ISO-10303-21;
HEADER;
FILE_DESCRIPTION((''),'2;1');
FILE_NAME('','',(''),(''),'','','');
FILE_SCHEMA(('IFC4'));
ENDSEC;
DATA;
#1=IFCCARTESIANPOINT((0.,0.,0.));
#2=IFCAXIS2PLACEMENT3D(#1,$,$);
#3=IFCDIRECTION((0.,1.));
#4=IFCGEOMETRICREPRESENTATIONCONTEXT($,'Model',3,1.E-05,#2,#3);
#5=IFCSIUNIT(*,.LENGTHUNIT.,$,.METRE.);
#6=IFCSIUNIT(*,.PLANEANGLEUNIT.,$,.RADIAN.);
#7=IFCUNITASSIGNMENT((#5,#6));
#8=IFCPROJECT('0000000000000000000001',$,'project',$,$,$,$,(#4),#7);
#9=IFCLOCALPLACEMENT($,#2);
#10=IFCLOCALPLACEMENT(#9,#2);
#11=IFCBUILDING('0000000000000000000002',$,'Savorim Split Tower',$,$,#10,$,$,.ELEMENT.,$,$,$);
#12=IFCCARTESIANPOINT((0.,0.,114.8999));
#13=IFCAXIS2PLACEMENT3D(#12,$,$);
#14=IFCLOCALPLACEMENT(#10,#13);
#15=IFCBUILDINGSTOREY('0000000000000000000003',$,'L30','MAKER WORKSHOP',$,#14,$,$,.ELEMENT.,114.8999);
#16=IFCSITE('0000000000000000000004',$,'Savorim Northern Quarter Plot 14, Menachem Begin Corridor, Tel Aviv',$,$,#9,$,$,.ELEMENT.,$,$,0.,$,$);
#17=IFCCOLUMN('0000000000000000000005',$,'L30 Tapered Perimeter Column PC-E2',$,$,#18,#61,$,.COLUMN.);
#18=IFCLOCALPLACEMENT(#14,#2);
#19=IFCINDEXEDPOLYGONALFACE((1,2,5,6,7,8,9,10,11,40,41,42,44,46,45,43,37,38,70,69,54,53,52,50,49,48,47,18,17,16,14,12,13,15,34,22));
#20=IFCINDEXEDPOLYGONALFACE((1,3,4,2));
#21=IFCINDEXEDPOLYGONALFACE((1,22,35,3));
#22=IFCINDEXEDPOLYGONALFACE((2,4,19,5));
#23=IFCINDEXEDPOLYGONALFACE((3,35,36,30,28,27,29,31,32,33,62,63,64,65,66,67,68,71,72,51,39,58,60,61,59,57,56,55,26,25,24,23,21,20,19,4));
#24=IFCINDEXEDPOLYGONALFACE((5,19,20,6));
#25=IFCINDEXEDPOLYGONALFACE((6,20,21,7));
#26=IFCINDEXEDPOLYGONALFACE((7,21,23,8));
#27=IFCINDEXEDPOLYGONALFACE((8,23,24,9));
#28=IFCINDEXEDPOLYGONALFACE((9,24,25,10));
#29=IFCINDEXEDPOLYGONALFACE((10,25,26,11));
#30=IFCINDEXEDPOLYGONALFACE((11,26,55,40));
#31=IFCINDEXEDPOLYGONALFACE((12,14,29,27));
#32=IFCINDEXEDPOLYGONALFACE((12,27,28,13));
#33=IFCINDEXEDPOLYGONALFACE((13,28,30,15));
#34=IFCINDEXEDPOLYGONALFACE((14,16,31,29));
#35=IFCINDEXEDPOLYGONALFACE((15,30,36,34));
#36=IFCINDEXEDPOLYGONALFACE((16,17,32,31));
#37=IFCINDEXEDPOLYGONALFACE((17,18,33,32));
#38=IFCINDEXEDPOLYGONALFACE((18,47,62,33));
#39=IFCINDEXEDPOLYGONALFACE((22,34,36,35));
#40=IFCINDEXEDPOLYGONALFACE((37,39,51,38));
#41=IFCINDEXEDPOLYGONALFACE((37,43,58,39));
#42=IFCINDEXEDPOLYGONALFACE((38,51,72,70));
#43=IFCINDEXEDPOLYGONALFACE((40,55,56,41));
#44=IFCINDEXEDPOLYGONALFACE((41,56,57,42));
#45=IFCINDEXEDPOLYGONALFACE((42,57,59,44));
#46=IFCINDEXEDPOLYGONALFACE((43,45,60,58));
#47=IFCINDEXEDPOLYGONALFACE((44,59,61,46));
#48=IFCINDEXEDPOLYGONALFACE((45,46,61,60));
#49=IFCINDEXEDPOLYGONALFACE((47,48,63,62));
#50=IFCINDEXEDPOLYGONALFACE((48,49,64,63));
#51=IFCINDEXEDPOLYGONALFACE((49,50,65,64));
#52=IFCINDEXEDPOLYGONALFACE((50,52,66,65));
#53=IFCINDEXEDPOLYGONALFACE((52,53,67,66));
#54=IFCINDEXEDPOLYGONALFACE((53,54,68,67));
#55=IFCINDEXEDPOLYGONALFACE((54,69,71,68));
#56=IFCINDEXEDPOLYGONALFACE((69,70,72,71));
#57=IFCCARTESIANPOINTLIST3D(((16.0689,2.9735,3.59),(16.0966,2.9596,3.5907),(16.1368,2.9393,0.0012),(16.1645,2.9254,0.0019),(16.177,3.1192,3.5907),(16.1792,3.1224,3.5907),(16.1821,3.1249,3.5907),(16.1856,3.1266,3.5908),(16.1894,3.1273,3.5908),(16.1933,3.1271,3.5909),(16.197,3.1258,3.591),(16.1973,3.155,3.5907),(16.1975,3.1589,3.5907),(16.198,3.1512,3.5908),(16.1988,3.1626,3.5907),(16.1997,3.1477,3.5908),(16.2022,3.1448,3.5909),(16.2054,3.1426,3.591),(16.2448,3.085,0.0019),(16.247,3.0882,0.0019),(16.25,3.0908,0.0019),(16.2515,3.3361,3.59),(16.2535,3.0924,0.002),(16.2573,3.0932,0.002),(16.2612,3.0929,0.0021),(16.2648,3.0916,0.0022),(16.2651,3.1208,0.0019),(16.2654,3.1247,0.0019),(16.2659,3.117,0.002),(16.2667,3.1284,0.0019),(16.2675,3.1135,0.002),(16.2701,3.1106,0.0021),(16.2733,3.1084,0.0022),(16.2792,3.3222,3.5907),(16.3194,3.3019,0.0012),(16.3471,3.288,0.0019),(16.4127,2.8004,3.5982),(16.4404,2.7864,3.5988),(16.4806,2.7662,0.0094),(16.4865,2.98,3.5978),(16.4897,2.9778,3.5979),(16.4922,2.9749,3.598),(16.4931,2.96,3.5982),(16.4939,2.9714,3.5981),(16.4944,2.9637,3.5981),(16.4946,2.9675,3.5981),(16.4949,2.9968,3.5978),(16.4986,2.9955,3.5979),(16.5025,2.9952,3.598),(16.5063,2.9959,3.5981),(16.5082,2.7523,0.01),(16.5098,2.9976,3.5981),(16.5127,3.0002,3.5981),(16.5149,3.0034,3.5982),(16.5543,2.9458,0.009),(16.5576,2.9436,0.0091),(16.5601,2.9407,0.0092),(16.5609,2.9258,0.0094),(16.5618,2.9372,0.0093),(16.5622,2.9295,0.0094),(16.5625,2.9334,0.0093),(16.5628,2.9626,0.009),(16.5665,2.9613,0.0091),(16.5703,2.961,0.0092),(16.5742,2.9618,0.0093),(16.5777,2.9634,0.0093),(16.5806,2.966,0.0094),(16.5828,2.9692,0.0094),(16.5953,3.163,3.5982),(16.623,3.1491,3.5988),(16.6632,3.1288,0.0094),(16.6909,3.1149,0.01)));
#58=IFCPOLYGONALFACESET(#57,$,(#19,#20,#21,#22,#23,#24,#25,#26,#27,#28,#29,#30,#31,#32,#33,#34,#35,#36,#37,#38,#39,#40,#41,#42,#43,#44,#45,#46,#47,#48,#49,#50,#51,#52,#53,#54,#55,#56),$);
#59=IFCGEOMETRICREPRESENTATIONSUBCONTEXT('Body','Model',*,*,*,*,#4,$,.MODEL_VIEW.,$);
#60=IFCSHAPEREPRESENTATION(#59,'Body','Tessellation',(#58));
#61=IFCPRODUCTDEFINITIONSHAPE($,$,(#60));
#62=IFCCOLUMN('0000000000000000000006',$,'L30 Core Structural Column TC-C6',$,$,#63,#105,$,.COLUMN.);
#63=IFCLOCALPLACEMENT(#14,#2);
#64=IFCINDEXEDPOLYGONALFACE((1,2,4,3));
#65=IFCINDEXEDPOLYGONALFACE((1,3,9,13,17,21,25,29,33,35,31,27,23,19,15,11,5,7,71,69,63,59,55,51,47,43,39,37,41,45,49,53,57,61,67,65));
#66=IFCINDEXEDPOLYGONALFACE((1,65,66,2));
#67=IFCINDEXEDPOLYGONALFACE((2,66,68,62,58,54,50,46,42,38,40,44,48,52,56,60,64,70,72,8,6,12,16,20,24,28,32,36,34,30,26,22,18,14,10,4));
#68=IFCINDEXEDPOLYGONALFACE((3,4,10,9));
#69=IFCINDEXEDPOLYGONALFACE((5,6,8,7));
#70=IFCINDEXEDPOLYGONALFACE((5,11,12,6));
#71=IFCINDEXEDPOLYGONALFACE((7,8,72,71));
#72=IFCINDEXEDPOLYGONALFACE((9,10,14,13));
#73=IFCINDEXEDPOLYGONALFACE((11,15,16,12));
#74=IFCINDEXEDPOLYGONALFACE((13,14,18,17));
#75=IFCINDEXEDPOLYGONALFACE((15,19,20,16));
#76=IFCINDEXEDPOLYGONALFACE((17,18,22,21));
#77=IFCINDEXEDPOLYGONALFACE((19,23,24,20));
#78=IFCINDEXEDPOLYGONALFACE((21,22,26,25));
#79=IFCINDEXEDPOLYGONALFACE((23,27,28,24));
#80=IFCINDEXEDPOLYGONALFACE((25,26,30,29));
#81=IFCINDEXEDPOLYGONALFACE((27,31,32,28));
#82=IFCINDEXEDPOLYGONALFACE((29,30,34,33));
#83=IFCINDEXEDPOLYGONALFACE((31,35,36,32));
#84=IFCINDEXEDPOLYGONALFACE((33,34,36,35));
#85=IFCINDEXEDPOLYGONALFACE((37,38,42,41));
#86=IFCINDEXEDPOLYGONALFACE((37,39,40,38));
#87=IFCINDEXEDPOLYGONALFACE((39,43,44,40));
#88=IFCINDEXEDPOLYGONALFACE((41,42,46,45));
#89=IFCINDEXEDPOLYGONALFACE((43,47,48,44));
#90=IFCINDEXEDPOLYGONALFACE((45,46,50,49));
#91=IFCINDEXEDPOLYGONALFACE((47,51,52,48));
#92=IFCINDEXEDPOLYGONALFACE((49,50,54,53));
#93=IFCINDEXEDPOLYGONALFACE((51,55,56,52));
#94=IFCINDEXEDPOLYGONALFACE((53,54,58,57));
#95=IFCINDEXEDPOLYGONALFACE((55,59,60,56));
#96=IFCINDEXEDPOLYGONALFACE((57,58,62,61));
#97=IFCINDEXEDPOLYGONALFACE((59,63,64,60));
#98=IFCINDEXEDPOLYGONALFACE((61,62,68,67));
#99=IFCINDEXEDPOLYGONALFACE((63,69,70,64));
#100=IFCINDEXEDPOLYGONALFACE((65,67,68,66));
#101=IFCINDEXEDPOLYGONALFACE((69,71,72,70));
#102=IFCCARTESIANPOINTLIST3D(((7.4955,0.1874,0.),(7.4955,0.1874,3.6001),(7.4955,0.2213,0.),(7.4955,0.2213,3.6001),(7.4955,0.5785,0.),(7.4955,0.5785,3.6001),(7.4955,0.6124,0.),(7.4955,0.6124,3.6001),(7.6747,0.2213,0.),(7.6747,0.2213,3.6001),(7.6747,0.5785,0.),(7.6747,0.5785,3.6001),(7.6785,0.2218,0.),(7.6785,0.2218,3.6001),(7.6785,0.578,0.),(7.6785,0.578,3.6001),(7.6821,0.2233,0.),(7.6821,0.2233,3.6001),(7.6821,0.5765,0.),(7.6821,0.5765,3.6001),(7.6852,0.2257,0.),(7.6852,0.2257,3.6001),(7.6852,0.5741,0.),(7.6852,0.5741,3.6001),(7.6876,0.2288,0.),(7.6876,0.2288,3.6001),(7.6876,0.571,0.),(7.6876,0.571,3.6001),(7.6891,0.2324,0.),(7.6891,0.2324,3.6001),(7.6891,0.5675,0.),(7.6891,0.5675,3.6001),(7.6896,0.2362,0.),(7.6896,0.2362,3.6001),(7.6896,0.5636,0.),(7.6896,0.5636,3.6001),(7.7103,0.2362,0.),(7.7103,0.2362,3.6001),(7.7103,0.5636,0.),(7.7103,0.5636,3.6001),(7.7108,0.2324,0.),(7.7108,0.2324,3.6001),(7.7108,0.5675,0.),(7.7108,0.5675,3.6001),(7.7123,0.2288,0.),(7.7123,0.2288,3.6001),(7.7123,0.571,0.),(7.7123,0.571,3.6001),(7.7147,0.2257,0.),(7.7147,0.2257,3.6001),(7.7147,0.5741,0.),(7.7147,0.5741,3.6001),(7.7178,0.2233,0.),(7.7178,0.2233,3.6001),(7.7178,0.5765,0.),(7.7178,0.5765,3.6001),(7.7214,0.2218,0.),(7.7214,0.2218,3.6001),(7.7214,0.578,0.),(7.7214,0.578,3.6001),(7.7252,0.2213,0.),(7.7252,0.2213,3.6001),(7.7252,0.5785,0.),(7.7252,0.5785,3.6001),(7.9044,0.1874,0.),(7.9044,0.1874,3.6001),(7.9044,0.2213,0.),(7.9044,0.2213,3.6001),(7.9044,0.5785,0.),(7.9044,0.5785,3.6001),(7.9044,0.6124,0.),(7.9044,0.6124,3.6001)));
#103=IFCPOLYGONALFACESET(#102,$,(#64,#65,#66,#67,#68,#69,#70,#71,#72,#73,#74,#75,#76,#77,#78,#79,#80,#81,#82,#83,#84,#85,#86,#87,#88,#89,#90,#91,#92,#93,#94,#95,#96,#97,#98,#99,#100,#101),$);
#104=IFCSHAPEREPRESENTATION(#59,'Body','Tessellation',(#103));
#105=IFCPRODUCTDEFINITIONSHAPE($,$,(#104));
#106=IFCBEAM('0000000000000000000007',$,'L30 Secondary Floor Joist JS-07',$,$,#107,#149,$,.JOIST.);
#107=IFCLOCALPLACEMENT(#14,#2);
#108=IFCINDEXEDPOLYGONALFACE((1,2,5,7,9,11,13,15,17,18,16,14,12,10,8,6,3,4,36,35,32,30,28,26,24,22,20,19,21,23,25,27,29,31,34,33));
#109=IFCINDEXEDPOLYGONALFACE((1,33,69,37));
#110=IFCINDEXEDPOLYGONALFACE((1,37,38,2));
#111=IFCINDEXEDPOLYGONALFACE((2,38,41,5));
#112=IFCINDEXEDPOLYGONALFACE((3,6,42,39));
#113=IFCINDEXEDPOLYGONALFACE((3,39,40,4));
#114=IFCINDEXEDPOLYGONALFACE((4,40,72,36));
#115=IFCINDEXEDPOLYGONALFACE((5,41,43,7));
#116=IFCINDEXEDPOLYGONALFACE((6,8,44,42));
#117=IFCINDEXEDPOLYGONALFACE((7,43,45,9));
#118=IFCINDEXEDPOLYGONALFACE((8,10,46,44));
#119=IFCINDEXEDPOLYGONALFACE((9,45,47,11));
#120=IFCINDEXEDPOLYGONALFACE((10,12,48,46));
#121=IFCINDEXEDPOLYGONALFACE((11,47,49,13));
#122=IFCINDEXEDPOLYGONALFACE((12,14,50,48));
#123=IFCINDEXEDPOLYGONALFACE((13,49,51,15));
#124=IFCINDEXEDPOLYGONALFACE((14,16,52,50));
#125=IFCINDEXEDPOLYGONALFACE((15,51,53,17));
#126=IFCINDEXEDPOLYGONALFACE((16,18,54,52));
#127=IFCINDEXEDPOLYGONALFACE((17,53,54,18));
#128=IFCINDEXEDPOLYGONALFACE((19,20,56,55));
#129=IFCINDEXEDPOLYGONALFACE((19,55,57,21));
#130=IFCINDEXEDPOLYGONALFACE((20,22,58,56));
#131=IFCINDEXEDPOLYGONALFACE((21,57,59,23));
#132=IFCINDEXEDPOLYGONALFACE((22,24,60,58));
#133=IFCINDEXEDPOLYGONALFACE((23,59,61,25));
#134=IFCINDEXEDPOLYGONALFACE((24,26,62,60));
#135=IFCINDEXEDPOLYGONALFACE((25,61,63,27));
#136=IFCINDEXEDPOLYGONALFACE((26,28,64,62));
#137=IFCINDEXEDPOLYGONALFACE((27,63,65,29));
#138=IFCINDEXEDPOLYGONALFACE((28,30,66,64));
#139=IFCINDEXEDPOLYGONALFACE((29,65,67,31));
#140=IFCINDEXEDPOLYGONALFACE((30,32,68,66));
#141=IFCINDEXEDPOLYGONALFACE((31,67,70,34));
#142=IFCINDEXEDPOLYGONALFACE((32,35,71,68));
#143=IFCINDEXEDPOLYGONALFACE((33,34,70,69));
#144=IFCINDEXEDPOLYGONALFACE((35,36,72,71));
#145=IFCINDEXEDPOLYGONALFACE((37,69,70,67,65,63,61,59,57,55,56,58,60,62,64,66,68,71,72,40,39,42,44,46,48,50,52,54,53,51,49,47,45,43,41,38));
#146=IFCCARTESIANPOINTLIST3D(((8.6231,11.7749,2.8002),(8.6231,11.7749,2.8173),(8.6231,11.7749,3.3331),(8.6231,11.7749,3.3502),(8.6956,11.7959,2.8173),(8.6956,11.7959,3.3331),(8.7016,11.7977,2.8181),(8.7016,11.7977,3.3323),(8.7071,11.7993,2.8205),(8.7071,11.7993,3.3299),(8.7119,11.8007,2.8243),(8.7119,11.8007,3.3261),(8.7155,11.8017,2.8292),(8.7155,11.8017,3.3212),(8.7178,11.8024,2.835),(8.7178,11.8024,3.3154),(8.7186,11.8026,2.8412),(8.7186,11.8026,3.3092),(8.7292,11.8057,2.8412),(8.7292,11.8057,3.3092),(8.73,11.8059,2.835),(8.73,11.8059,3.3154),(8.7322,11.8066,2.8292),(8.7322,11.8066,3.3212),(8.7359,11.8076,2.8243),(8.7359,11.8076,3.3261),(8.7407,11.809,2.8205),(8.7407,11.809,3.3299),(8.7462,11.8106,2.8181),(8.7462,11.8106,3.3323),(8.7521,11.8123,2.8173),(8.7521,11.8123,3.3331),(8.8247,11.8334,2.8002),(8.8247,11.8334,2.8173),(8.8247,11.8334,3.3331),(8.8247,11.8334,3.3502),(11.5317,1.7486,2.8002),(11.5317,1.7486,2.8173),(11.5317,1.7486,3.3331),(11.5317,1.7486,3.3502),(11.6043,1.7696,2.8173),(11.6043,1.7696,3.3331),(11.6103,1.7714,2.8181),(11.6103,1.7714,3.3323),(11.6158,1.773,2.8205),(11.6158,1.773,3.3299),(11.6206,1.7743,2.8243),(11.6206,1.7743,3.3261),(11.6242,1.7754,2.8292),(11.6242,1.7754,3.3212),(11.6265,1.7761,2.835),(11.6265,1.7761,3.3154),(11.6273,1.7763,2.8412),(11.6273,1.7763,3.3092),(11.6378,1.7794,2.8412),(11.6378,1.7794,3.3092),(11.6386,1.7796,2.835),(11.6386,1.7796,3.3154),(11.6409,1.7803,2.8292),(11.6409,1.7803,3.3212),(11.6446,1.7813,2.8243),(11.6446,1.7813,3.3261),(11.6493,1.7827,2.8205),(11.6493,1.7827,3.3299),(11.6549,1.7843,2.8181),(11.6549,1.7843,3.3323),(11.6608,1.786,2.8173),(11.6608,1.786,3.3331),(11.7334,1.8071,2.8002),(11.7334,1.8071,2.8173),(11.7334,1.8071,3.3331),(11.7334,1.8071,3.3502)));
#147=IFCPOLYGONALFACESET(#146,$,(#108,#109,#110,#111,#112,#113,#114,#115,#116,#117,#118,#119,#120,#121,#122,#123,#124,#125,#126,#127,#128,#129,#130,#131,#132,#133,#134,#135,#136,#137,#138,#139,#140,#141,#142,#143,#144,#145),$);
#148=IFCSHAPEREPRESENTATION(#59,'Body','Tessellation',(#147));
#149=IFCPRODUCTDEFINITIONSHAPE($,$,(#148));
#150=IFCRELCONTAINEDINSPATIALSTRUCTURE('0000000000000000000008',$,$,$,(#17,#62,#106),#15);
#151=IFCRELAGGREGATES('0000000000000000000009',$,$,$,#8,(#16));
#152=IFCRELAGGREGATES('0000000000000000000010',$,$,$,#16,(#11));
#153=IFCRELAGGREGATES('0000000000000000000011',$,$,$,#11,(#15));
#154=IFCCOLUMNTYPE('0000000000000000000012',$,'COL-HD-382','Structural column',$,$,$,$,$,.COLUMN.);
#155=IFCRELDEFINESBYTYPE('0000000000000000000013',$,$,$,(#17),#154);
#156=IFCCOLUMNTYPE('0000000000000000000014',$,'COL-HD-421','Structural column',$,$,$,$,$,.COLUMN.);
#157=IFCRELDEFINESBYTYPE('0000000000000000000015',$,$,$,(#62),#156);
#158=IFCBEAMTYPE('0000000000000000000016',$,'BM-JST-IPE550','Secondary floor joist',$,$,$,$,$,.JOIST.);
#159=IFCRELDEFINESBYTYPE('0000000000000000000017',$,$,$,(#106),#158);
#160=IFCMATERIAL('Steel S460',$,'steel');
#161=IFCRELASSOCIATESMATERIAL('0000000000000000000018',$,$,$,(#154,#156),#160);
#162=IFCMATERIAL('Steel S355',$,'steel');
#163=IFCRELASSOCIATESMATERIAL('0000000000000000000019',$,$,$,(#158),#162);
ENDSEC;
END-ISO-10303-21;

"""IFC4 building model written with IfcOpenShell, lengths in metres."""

from ifc_helpers import new_model, si_unit, direction, frame, origin, origin_2d, place, context, subcontext, project, spatial, i_section, extrude, material, material_profile, profile_set, type_object, element, save


model = new_model("IFC4")

# Units and contexts
model_context = context("Model", 3, precision=1e-05, world=origin(), true_north=direction((0.0, 1.0)))
body_context = subcontext(model_context, "Body", "Model", "MODEL_VIEW")
ifc_project = project(units=[si_unit("LENGTHUNIT", "METRE"), si_unit("PLANEANGLEUNIT", "RADIAN")], contexts=[model_context])

# Site, building, storey
site_placement = place(None, origin())
site = spatial("IfcSite", under=ifc_project, at=site_placement, Name="Savorim Northern Quarter Plot 14, Menachem Begin Corridor, Tel Aviv", CompositionType="ELEMENT", RefElevation=0.0)
building_placement = place(site_placement, origin())
building = spatial("IfcBuilding", under=site, at=building_placement, Name="Savorim Split Tower", CompositionType="ELEMENT")
storey_placement = place(building_placement, frame((0.0, 0.0, 114.8999)))
storey = spatial("IfcBuildingStorey", under=building, at=storey_placement, Name="L30", Description="MAKER WORKSHOP", CompositionType="ELEMENT", Elevation=114.8999)

# Columns
ifc_material_1 = material(Name="Steel S460", Category="steel")
ifc_material_profile_1 = material_profile(ifc_material_1, i_section(OverallWidth=0.406, OverallDepth=0.416, WebThickness=0.0188, FlangeThickness=0.031, FilletRadius=0.0149, at=origin_2d()), Name="HD 400x382")
ifc_profile_set_1 = profile_set([ifc_material_profile_1], Name="Steel S460")
column_type_1 = type_object("IfcColumnType", Name="COL-HD-382", Description="Structural column", PredefinedType="COLUMN", material=ifc_profile_set_1)
column_1_placement = place(storey_placement, frame((16.4138, 3.0271, 0.0056), z_axis=(-0.018907, 0.009522, 0.999776), x_axis=(-0.449782, -0.893138, 0.0)))
element("IfcColumn", 1, at=column_1_placement, inside=storey, type_object=column_type_1, Name="L30 Tapered Perimeter Column PC-E2", PredefinedType="COLUMN", context=body_context, shape_type="SweptSolid", body=[
    extrude(i_section(OverallWidth=0.406, OverallDepth=0.416, WebThickness=0.0188, FlangeThickness=0.031, FilletRadius=0.0149, at=origin_2d()), origin(), (0.0, 0.0, 1.0), 3.5896),
])
ifc_material_profile_2 = material_profile(ifc_material_1, i_section(OverallWidth=0.4089, OverallDepth=0.425, WebThickness=0.0208, FlangeThickness=0.0339, FilletRadius=0.0149, at=origin_2d()), Name="HD 400x421")
ifc_profile_set_2 = profile_set([ifc_material_profile_2], Name="Steel S460")
column_type_2 = type_object("IfcColumnType", Name="COL-HD-421", Description="Structural column", PredefinedType="COLUMN", material=ifc_profile_set_2)
column_2_placement = place(storey_placement, frame((7.7, 0.3999, 0.0), z_axis=(0.0, 0.0, 1.0), x_axis=(1.0, 0.0, 0.0)))
element("IfcColumn", 2, at=column_2_placement, inside=storey, type_object=column_type_2, Name="L30 Core Structural Column TC-C6", PredefinedType="COLUMN", context=body_context, shape_type="SweptSolid", body=[
    extrude(i_section(OverallWidth=0.4089, OverallDepth=0.425, WebThickness=0.0208, FlangeThickness=0.0339, FilletRadius=0.0149, at=origin_2d()), origin(), (0.0, 0.0, 1.0), 3.6001),
])

# Beam
ifc_material_2 = material(Name="Steel S355", Category="steel")
ifc_material_profile_3 = material_profile(ifc_material_2, i_section(OverallWidth=0.21, OverallDepth=0.55, WebThickness=0.011, FlangeThickness=0.0171, FilletRadius=0.0239, at=origin_2d()), Name="IPE 550")
ifc_profile_set_3 = profile_set([ifc_material_profile_3], Name="Steel S355")
beam_type_1 = type_object("IfcBeamType", Name="BM-JST-IPE550", Description="Secondary floor joist", PredefinedType="JOIST", material=ifc_profile_set_3)
beam_1_placement = place(storey_placement, frame((11.6326, 1.7778, 3.0752), z_axis=(-0.278617, 0.960402, 0.0), x_axis=(-0.960402, -0.278617, 0.0)))
element("IfcBeam", 3, at=beam_1_placement, inside=storey, type_object=beam_type_1, Name="L30 Secondary Floor Joist JS-07", PredefinedType="JOIST", context=body_context, shape_type="SweptSolid", body=[
    extrude(i_section(OverallWidth=0.21, OverallDepth=0.55, WebThickness=0.011, FlangeThickness=0.0171, FilletRadius=0.0239, at=origin_2d()), origin(), (0.0, 0.0, 1.0), 10.4397),
])

save(model, "model.ifc")
